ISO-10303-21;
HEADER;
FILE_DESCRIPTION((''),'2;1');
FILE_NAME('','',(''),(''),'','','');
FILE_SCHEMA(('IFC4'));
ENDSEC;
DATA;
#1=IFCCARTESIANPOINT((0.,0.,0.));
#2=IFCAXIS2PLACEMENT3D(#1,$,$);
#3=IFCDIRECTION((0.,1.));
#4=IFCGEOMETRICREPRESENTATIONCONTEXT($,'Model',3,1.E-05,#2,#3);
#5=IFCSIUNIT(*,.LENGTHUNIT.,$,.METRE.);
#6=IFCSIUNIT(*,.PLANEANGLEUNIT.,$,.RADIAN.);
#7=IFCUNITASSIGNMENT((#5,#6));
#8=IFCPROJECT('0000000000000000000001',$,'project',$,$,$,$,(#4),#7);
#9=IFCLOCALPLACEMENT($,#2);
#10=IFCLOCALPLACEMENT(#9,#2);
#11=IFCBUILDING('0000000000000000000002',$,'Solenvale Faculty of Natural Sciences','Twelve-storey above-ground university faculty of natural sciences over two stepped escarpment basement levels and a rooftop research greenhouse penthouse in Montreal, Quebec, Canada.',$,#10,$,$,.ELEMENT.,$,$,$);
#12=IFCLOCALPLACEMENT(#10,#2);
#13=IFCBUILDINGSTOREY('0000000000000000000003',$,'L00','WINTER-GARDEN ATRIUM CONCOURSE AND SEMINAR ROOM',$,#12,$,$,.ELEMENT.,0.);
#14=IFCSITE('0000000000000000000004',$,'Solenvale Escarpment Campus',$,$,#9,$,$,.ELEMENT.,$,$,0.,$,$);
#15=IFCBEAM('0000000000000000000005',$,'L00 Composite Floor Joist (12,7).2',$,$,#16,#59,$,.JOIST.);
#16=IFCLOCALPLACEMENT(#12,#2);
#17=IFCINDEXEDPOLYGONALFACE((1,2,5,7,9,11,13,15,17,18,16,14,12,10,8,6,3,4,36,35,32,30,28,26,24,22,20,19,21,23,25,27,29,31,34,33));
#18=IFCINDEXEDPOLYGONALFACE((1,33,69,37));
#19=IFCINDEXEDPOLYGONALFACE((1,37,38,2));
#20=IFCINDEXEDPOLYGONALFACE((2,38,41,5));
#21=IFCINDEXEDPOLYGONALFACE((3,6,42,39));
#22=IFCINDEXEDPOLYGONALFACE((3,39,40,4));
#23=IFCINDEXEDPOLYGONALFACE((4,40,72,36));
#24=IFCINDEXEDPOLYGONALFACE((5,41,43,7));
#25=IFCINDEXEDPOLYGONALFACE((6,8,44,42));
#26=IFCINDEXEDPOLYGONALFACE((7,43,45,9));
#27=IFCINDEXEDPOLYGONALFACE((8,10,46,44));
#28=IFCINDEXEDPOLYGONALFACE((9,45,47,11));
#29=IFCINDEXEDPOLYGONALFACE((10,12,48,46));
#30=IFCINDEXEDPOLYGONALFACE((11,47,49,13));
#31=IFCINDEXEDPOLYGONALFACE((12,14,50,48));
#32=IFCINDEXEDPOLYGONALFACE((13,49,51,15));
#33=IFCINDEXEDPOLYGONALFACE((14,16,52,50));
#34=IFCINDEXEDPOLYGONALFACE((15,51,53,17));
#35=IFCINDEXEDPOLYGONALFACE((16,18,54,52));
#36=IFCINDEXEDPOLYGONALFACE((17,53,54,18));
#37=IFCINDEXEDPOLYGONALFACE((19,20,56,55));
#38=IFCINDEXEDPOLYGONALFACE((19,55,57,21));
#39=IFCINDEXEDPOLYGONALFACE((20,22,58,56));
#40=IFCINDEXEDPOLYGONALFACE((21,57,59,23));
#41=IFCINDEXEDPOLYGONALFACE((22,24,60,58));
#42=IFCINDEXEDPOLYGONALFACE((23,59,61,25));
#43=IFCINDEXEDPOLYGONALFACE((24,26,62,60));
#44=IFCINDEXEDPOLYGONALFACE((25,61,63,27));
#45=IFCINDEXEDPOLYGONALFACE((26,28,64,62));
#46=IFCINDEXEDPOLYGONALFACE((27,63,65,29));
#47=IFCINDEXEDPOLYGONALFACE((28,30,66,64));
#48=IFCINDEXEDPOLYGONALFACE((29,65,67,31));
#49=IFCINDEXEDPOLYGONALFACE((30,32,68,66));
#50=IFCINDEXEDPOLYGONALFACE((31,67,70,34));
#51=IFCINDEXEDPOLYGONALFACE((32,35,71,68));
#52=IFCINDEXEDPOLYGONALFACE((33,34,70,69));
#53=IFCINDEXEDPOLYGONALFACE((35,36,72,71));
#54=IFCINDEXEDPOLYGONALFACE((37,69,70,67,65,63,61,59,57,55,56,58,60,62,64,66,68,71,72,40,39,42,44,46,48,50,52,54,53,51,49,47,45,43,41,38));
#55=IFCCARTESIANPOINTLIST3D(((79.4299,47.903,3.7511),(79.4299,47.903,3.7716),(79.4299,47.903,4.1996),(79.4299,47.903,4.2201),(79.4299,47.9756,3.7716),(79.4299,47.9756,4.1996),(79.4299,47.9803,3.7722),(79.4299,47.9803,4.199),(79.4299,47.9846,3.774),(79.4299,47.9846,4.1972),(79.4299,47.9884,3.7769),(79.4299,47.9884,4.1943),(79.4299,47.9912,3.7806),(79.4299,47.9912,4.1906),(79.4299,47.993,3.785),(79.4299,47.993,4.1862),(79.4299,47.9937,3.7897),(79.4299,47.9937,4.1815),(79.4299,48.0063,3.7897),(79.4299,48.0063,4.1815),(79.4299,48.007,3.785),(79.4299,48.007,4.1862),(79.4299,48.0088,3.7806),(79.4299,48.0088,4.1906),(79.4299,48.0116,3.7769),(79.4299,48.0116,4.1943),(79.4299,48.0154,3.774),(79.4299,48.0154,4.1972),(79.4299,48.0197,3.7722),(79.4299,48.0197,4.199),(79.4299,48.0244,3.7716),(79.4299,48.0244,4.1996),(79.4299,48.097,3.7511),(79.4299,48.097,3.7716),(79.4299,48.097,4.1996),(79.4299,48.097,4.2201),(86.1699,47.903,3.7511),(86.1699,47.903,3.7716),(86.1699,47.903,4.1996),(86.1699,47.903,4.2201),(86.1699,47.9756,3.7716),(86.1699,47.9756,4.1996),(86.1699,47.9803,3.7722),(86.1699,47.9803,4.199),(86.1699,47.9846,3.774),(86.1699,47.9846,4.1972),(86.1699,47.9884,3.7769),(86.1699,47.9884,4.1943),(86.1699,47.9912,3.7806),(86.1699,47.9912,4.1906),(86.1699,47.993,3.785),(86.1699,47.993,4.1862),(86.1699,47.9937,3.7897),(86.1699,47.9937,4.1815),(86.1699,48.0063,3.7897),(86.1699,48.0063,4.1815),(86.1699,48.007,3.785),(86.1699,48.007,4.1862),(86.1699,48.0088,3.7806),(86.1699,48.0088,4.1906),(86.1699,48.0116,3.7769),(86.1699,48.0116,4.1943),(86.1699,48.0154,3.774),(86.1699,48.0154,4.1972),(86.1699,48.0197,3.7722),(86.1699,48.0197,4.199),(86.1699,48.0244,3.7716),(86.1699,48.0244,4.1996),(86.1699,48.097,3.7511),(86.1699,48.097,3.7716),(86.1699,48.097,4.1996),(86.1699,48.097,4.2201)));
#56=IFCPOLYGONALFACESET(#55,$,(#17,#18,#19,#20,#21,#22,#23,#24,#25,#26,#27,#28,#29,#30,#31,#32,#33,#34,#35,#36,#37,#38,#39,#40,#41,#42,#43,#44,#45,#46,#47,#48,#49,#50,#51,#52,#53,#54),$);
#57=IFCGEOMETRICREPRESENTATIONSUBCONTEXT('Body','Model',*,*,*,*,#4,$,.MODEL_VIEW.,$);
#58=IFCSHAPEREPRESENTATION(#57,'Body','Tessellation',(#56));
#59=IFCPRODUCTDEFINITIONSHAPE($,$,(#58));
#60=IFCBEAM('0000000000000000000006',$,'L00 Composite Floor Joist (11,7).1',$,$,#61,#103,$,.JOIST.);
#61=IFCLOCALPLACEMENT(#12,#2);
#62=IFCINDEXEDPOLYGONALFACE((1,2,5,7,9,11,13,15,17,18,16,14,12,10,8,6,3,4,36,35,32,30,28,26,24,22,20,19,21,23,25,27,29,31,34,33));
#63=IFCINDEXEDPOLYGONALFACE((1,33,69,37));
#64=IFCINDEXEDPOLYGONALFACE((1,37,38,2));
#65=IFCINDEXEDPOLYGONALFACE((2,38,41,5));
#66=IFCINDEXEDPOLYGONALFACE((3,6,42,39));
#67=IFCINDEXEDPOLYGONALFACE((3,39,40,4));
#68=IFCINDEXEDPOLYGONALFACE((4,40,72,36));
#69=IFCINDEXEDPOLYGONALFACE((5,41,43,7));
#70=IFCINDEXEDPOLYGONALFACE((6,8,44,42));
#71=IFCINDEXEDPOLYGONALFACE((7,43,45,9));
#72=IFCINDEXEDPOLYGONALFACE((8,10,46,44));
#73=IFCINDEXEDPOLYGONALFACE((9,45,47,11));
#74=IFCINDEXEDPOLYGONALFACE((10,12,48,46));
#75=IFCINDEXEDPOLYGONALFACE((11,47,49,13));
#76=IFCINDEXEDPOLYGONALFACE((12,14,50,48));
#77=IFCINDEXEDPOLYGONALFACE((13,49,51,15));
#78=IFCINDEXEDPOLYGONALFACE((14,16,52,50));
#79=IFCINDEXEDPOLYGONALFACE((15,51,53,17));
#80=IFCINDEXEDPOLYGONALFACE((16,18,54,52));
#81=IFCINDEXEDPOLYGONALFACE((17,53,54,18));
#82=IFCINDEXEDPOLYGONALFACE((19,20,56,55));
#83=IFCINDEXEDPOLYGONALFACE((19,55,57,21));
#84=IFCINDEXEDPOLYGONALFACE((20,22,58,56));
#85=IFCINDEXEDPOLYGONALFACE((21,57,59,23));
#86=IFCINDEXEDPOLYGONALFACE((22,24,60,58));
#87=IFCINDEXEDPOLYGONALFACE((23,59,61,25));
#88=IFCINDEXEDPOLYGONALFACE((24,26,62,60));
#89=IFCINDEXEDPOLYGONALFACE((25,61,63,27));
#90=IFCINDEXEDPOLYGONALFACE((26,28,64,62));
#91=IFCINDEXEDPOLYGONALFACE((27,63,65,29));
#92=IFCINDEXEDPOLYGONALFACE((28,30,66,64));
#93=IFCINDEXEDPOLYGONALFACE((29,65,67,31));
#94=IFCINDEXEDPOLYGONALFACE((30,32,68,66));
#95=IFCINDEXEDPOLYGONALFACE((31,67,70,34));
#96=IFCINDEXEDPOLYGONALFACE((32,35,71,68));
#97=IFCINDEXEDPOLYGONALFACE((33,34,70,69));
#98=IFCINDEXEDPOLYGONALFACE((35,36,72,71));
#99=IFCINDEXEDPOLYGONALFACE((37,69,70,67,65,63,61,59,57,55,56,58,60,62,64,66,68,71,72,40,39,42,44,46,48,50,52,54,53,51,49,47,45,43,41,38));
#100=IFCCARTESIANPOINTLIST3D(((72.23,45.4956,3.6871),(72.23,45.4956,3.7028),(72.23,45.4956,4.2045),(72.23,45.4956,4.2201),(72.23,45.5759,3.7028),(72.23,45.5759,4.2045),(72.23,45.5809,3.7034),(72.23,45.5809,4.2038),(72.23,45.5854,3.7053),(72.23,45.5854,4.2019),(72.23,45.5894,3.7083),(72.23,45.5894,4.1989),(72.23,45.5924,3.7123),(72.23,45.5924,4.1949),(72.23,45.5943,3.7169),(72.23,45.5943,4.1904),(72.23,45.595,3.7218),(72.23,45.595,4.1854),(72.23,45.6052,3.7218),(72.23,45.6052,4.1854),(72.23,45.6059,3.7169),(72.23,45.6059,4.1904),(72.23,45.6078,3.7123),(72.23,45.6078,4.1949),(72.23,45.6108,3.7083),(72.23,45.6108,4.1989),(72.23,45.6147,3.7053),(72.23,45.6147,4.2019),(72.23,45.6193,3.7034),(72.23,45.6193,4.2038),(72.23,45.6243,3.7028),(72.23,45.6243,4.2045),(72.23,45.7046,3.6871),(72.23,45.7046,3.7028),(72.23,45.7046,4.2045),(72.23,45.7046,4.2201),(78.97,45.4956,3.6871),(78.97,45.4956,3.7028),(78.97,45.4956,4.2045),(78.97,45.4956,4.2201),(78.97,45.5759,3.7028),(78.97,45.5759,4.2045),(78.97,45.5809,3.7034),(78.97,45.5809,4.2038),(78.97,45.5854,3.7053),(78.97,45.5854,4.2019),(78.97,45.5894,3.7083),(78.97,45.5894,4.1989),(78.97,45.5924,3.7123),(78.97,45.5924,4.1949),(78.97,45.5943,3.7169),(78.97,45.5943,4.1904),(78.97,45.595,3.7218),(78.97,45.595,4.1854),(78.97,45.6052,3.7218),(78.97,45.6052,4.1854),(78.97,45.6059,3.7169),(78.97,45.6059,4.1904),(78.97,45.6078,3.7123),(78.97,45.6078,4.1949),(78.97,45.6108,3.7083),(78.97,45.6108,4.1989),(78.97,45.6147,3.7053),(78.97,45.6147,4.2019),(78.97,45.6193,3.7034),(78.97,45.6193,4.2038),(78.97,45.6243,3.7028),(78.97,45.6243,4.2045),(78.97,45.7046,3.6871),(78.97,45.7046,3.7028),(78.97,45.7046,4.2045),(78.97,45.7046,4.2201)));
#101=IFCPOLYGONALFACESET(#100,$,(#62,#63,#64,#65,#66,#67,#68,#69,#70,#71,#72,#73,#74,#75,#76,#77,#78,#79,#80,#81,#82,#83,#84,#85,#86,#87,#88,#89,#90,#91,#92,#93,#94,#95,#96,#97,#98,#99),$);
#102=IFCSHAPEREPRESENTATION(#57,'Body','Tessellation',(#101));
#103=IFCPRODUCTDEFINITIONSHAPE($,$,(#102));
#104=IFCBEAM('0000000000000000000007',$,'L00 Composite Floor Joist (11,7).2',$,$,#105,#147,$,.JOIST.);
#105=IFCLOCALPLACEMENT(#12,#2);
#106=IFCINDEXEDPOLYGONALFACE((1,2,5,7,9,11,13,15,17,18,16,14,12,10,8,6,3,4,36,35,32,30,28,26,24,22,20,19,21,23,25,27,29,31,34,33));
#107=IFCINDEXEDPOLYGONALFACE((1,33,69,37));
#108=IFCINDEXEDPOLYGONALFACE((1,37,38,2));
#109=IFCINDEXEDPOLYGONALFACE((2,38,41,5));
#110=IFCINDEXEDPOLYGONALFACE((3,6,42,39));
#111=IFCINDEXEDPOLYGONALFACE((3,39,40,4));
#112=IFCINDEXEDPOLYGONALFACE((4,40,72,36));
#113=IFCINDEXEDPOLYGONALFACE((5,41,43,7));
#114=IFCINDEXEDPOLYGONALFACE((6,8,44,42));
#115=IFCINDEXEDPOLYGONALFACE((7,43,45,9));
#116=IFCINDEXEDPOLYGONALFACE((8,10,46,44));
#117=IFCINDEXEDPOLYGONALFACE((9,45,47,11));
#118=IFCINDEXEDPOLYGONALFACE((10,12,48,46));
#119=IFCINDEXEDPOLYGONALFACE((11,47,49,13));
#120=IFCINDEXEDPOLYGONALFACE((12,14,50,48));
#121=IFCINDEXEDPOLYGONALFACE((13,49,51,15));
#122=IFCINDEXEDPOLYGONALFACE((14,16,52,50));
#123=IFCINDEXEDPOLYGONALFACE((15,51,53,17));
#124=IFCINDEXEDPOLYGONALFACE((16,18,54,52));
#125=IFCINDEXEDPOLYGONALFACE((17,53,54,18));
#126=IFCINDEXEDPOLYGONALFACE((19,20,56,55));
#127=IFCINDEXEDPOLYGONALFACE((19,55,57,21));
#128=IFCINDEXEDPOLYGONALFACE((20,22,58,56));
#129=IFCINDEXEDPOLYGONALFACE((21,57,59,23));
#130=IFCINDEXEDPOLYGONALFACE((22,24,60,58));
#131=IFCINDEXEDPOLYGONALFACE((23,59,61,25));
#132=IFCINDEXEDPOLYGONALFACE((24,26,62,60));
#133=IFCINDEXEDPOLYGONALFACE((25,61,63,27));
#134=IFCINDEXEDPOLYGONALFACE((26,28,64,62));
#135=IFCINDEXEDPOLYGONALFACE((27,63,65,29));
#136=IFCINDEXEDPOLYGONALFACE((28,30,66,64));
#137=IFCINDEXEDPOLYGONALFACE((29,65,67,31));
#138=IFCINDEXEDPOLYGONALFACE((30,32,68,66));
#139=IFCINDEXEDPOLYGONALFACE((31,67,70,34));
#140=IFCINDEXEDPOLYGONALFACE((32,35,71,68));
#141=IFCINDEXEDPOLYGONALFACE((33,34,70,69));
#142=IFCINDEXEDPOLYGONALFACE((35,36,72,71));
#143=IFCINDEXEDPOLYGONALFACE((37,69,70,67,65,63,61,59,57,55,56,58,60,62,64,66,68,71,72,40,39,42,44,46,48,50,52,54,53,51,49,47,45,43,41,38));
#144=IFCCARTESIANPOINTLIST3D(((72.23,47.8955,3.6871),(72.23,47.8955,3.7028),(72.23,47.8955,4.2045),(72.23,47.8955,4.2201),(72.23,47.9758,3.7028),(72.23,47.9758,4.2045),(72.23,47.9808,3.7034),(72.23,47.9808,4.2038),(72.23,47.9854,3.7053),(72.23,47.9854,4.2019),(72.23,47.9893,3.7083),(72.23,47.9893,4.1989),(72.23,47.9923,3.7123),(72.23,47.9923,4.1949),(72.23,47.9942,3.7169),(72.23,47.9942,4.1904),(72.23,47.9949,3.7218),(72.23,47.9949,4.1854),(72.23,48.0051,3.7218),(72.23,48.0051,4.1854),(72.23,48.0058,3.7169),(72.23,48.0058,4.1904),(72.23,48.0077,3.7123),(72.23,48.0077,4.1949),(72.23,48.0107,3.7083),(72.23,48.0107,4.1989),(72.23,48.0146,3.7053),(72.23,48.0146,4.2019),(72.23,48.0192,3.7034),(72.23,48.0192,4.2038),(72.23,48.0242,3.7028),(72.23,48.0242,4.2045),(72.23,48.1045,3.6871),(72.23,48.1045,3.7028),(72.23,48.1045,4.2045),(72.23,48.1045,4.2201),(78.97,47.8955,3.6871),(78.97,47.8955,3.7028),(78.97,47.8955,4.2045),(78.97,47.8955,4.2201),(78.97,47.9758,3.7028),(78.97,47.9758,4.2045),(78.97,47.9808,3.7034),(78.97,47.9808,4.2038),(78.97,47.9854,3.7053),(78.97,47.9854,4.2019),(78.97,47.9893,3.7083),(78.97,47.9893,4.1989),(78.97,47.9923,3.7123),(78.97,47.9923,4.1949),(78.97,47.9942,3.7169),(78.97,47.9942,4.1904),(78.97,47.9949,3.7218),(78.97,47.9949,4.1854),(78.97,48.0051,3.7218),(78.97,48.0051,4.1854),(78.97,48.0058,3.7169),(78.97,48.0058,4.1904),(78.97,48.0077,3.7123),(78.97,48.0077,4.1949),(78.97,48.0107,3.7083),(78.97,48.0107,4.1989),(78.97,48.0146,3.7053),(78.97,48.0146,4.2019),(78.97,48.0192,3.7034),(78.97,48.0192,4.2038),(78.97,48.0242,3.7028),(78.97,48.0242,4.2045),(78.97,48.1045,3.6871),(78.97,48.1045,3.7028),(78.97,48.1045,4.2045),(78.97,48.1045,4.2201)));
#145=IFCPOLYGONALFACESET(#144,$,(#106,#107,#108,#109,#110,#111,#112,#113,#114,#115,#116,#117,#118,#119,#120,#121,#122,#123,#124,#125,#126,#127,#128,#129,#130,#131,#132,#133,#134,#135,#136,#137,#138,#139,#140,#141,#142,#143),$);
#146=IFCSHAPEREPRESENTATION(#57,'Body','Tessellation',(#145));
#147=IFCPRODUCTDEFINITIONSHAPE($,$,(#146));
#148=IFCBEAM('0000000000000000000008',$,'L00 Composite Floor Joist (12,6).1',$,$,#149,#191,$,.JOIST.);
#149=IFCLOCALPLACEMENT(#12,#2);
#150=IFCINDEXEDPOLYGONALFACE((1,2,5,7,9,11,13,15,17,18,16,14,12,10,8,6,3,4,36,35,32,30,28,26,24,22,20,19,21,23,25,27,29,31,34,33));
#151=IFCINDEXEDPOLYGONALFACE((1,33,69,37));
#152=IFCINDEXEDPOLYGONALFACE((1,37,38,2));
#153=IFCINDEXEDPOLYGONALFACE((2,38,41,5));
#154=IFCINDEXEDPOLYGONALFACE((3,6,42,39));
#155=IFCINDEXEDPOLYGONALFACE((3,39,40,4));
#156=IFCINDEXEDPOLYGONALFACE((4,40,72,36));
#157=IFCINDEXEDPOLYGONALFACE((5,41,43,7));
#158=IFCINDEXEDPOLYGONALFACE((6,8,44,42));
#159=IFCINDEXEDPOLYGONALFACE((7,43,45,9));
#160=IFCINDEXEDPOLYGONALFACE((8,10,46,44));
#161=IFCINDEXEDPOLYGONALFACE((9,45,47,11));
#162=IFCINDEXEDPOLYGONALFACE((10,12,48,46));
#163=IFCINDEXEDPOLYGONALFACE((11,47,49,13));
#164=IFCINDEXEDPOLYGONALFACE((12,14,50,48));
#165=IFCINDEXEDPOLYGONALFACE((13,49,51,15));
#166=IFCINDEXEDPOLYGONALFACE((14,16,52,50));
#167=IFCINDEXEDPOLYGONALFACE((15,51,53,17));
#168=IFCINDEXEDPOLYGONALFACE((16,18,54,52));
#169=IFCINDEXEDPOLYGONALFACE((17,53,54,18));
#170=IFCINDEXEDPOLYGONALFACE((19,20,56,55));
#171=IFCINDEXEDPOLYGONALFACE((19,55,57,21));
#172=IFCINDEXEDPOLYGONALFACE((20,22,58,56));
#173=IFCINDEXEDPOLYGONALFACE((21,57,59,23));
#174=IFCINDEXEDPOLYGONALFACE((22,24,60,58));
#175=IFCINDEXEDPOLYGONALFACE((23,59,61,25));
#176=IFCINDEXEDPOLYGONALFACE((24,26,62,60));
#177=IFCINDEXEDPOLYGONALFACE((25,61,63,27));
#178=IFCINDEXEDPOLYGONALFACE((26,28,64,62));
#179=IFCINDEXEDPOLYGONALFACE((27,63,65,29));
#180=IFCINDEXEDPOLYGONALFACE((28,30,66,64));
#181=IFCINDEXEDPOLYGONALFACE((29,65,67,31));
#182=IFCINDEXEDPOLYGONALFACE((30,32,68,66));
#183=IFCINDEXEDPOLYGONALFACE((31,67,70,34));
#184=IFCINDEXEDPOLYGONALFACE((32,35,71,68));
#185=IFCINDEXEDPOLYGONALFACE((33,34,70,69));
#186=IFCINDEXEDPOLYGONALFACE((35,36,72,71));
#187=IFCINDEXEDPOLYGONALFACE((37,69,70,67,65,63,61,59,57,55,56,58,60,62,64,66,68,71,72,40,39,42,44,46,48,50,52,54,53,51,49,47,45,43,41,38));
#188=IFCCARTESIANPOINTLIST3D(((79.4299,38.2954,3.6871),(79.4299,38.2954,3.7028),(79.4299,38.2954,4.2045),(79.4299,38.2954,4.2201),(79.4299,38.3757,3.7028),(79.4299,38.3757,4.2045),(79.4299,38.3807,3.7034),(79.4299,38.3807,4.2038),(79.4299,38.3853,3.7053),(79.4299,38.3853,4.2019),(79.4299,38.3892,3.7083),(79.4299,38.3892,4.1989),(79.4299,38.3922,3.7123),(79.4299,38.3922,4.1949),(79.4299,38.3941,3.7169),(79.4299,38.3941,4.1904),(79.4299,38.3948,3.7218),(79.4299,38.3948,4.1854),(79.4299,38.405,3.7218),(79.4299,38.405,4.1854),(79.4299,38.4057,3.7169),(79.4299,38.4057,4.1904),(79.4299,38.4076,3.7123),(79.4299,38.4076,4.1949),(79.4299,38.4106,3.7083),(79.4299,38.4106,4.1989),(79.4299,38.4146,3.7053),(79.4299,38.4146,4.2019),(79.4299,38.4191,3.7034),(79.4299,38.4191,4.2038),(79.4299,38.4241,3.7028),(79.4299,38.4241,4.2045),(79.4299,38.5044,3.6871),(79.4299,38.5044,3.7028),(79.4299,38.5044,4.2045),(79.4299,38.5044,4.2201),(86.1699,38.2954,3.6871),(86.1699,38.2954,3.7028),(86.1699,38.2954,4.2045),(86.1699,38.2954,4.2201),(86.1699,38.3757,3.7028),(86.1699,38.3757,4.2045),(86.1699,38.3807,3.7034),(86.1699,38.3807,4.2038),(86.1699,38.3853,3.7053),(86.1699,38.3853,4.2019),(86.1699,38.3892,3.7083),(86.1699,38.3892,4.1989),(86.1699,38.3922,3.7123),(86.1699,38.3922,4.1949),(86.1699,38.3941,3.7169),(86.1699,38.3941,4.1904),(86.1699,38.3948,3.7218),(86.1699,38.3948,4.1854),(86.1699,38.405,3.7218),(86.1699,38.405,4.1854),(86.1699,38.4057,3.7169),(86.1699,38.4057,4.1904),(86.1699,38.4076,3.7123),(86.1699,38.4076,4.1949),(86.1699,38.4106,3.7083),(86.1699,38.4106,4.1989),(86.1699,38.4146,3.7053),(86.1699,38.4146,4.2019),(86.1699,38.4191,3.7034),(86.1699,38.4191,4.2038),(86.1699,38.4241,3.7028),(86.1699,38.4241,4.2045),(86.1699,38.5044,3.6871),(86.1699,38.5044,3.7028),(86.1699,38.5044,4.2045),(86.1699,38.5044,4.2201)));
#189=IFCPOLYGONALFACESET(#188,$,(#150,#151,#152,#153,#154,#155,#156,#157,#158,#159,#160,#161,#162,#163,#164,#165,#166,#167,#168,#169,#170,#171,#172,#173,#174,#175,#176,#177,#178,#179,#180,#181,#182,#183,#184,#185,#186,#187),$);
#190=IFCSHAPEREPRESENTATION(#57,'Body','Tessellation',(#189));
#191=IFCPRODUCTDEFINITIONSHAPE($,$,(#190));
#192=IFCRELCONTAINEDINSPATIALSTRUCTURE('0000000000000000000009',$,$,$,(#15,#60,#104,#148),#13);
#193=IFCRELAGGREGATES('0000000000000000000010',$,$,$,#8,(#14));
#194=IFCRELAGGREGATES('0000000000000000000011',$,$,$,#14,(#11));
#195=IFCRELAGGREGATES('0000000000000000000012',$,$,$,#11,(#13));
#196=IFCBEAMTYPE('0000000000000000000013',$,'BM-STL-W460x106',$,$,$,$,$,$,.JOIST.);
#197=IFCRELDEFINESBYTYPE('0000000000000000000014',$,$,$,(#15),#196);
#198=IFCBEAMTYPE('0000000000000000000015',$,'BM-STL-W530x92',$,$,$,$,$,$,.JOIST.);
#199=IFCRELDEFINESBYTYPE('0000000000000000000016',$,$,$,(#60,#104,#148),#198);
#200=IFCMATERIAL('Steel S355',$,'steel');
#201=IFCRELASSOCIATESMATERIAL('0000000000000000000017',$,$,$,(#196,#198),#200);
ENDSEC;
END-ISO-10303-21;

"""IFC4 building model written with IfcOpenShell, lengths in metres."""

from ifc_helpers import new_model, si_unit, direction, frame, origin, origin_2d, place, context, subcontext, project, spatial, i_section, extrude, material, material_profile, profile_set, type_object, element, save


model = new_model("IFC4")

# Units and contexts
model_context = context("Model", 3, precision=1e-05, world=origin(), true_north=direction((0.0, 1.0)))
body_context = subcontext(model_context, "Body", "Model", "MODEL_VIEW")
ifc_project = project(units=[si_unit("LENGTHUNIT", "METRE"), si_unit("PLANEANGLEUNIT", "RADIAN")], contexts=[model_context])

# Site, building, storey
site_placement = place(None, origin())
site = spatial("IfcSite", under=ifc_project, at=site_placement, Name="Solenvale Escarpment Campus", CompositionType="ELEMENT", RefElevation=0.0)
building_placement = place(site_placement, origin())
building = spatial("IfcBuilding", under=site, at=building_placement, Name="Solenvale Faculty of Natural Sciences", Description="Twelve-storey above-ground university faculty of natural sciences over two stepped escarpment basement levels and a rooftop research greenhouse penthouse in Montreal, Quebec, Canada.", CompositionType="ELEMENT")
storey_placement = place(building_placement, origin())
storey = spatial("IfcBuildingStorey", under=building, at=storey_placement, Name="L00", Description="WINTER-GARDEN ATRIUM CONCOURSE AND SEMINAR ROOM", CompositionType="ELEMENT", Elevation=0.0)

# Beams
ifc_material_1 = material(Name="Steel S355", Category="steel")
ifc_material_profile_1 = material_profile(ifc_material_1, i_section(OverallWidth=0.1941, OverallDepth=0.469, WebThickness=0.0127, FlangeThickness=0.0205, FilletRadius=0.0181, at=origin_2d()), Name="W460x106")
ifc_profile_set_1 = profile_set([ifc_material_profile_1], Name="Steel S355")
beam_type_1 = type_object("IfcBeamType", Name="BM-STL-W460x106", PredefinedType="JOIST", material=ifc_profile_set_1)
for number, where, z_axis, x_axis, name in (
    (1, (79.4299, 48.0, 3.9856), (1.0, 0.0, 0.0), (0.0, 1.0, 0.0), "L00 Composite Floor Joist (12,7).2"),
):
    element("IfcBeam", number, at=place(storey_placement, frame(where, z_axis=z_axis, x_axis=x_axis)), inside=storey, type_object=beam_type_1, Name=name, PredefinedType="JOIST", context=body_context, shape_type="SweptSolid", body=[
        extrude(i_section(OverallWidth=0.1941, OverallDepth=0.469, WebThickness=0.0127, FlangeThickness=0.0205, FilletRadius=0.0181, at=origin_2d()), origin(), (0.0, 0.0, 1.0), 6.74),
    ])
ifc_material_profile_2 = material_profile(ifc_material_1, i_section(OverallWidth=0.209, OverallDepth=0.533, WebThickness=0.0103, FlangeThickness=0.0156, FilletRadius=0.019, at=origin_2d()), Name="W530x92")
ifc_profile_set_2 = profile_set([ifc_material_profile_2], Name="Steel S355")
beam_type_2 = type_object("IfcBeamType", Name="BM-STL-W530x92", PredefinedType="JOIST", material=ifc_profile_set_2)
for number, where, z_axis, x_axis, name in (
    (2, (72.23, 45.6001, 3.9536), (1.0, 0.0, 0.0), (0.0, 1.0, 0.0), "L00 Composite Floor Joist (11,7).1"),
    (3, (72.23, 48.0, 3.9536), (1.0, 0.0, 0.0), (0.0, 1.0, 0.0), "L00 Composite Floor Joist (11,7).2"),
    (4, (79.4299, 38.3999, 3.9536), (1.0, 0.0, 0.0), (0.0, 1.0, 0.0), "L00 Composite Floor Joist (12,6).1"),
):
    element("IfcBeam", number, at=place(storey_placement, frame(where, z_axis=z_axis, x_axis=x_axis)), inside=storey, type_object=beam_type_2, Name=name, PredefinedType="JOIST", context=body_context, shape_type="SweptSolid", body=[
        extrude(i_section(OverallWidth=0.209, OverallDepth=0.533, WebThickness=0.0103, FlangeThickness=0.0156, FilletRadius=0.019, at=origin_2d()), origin(), (0.0, 0.0, 1.0), 6.74),
    ])

save(model, "model.ifc")
